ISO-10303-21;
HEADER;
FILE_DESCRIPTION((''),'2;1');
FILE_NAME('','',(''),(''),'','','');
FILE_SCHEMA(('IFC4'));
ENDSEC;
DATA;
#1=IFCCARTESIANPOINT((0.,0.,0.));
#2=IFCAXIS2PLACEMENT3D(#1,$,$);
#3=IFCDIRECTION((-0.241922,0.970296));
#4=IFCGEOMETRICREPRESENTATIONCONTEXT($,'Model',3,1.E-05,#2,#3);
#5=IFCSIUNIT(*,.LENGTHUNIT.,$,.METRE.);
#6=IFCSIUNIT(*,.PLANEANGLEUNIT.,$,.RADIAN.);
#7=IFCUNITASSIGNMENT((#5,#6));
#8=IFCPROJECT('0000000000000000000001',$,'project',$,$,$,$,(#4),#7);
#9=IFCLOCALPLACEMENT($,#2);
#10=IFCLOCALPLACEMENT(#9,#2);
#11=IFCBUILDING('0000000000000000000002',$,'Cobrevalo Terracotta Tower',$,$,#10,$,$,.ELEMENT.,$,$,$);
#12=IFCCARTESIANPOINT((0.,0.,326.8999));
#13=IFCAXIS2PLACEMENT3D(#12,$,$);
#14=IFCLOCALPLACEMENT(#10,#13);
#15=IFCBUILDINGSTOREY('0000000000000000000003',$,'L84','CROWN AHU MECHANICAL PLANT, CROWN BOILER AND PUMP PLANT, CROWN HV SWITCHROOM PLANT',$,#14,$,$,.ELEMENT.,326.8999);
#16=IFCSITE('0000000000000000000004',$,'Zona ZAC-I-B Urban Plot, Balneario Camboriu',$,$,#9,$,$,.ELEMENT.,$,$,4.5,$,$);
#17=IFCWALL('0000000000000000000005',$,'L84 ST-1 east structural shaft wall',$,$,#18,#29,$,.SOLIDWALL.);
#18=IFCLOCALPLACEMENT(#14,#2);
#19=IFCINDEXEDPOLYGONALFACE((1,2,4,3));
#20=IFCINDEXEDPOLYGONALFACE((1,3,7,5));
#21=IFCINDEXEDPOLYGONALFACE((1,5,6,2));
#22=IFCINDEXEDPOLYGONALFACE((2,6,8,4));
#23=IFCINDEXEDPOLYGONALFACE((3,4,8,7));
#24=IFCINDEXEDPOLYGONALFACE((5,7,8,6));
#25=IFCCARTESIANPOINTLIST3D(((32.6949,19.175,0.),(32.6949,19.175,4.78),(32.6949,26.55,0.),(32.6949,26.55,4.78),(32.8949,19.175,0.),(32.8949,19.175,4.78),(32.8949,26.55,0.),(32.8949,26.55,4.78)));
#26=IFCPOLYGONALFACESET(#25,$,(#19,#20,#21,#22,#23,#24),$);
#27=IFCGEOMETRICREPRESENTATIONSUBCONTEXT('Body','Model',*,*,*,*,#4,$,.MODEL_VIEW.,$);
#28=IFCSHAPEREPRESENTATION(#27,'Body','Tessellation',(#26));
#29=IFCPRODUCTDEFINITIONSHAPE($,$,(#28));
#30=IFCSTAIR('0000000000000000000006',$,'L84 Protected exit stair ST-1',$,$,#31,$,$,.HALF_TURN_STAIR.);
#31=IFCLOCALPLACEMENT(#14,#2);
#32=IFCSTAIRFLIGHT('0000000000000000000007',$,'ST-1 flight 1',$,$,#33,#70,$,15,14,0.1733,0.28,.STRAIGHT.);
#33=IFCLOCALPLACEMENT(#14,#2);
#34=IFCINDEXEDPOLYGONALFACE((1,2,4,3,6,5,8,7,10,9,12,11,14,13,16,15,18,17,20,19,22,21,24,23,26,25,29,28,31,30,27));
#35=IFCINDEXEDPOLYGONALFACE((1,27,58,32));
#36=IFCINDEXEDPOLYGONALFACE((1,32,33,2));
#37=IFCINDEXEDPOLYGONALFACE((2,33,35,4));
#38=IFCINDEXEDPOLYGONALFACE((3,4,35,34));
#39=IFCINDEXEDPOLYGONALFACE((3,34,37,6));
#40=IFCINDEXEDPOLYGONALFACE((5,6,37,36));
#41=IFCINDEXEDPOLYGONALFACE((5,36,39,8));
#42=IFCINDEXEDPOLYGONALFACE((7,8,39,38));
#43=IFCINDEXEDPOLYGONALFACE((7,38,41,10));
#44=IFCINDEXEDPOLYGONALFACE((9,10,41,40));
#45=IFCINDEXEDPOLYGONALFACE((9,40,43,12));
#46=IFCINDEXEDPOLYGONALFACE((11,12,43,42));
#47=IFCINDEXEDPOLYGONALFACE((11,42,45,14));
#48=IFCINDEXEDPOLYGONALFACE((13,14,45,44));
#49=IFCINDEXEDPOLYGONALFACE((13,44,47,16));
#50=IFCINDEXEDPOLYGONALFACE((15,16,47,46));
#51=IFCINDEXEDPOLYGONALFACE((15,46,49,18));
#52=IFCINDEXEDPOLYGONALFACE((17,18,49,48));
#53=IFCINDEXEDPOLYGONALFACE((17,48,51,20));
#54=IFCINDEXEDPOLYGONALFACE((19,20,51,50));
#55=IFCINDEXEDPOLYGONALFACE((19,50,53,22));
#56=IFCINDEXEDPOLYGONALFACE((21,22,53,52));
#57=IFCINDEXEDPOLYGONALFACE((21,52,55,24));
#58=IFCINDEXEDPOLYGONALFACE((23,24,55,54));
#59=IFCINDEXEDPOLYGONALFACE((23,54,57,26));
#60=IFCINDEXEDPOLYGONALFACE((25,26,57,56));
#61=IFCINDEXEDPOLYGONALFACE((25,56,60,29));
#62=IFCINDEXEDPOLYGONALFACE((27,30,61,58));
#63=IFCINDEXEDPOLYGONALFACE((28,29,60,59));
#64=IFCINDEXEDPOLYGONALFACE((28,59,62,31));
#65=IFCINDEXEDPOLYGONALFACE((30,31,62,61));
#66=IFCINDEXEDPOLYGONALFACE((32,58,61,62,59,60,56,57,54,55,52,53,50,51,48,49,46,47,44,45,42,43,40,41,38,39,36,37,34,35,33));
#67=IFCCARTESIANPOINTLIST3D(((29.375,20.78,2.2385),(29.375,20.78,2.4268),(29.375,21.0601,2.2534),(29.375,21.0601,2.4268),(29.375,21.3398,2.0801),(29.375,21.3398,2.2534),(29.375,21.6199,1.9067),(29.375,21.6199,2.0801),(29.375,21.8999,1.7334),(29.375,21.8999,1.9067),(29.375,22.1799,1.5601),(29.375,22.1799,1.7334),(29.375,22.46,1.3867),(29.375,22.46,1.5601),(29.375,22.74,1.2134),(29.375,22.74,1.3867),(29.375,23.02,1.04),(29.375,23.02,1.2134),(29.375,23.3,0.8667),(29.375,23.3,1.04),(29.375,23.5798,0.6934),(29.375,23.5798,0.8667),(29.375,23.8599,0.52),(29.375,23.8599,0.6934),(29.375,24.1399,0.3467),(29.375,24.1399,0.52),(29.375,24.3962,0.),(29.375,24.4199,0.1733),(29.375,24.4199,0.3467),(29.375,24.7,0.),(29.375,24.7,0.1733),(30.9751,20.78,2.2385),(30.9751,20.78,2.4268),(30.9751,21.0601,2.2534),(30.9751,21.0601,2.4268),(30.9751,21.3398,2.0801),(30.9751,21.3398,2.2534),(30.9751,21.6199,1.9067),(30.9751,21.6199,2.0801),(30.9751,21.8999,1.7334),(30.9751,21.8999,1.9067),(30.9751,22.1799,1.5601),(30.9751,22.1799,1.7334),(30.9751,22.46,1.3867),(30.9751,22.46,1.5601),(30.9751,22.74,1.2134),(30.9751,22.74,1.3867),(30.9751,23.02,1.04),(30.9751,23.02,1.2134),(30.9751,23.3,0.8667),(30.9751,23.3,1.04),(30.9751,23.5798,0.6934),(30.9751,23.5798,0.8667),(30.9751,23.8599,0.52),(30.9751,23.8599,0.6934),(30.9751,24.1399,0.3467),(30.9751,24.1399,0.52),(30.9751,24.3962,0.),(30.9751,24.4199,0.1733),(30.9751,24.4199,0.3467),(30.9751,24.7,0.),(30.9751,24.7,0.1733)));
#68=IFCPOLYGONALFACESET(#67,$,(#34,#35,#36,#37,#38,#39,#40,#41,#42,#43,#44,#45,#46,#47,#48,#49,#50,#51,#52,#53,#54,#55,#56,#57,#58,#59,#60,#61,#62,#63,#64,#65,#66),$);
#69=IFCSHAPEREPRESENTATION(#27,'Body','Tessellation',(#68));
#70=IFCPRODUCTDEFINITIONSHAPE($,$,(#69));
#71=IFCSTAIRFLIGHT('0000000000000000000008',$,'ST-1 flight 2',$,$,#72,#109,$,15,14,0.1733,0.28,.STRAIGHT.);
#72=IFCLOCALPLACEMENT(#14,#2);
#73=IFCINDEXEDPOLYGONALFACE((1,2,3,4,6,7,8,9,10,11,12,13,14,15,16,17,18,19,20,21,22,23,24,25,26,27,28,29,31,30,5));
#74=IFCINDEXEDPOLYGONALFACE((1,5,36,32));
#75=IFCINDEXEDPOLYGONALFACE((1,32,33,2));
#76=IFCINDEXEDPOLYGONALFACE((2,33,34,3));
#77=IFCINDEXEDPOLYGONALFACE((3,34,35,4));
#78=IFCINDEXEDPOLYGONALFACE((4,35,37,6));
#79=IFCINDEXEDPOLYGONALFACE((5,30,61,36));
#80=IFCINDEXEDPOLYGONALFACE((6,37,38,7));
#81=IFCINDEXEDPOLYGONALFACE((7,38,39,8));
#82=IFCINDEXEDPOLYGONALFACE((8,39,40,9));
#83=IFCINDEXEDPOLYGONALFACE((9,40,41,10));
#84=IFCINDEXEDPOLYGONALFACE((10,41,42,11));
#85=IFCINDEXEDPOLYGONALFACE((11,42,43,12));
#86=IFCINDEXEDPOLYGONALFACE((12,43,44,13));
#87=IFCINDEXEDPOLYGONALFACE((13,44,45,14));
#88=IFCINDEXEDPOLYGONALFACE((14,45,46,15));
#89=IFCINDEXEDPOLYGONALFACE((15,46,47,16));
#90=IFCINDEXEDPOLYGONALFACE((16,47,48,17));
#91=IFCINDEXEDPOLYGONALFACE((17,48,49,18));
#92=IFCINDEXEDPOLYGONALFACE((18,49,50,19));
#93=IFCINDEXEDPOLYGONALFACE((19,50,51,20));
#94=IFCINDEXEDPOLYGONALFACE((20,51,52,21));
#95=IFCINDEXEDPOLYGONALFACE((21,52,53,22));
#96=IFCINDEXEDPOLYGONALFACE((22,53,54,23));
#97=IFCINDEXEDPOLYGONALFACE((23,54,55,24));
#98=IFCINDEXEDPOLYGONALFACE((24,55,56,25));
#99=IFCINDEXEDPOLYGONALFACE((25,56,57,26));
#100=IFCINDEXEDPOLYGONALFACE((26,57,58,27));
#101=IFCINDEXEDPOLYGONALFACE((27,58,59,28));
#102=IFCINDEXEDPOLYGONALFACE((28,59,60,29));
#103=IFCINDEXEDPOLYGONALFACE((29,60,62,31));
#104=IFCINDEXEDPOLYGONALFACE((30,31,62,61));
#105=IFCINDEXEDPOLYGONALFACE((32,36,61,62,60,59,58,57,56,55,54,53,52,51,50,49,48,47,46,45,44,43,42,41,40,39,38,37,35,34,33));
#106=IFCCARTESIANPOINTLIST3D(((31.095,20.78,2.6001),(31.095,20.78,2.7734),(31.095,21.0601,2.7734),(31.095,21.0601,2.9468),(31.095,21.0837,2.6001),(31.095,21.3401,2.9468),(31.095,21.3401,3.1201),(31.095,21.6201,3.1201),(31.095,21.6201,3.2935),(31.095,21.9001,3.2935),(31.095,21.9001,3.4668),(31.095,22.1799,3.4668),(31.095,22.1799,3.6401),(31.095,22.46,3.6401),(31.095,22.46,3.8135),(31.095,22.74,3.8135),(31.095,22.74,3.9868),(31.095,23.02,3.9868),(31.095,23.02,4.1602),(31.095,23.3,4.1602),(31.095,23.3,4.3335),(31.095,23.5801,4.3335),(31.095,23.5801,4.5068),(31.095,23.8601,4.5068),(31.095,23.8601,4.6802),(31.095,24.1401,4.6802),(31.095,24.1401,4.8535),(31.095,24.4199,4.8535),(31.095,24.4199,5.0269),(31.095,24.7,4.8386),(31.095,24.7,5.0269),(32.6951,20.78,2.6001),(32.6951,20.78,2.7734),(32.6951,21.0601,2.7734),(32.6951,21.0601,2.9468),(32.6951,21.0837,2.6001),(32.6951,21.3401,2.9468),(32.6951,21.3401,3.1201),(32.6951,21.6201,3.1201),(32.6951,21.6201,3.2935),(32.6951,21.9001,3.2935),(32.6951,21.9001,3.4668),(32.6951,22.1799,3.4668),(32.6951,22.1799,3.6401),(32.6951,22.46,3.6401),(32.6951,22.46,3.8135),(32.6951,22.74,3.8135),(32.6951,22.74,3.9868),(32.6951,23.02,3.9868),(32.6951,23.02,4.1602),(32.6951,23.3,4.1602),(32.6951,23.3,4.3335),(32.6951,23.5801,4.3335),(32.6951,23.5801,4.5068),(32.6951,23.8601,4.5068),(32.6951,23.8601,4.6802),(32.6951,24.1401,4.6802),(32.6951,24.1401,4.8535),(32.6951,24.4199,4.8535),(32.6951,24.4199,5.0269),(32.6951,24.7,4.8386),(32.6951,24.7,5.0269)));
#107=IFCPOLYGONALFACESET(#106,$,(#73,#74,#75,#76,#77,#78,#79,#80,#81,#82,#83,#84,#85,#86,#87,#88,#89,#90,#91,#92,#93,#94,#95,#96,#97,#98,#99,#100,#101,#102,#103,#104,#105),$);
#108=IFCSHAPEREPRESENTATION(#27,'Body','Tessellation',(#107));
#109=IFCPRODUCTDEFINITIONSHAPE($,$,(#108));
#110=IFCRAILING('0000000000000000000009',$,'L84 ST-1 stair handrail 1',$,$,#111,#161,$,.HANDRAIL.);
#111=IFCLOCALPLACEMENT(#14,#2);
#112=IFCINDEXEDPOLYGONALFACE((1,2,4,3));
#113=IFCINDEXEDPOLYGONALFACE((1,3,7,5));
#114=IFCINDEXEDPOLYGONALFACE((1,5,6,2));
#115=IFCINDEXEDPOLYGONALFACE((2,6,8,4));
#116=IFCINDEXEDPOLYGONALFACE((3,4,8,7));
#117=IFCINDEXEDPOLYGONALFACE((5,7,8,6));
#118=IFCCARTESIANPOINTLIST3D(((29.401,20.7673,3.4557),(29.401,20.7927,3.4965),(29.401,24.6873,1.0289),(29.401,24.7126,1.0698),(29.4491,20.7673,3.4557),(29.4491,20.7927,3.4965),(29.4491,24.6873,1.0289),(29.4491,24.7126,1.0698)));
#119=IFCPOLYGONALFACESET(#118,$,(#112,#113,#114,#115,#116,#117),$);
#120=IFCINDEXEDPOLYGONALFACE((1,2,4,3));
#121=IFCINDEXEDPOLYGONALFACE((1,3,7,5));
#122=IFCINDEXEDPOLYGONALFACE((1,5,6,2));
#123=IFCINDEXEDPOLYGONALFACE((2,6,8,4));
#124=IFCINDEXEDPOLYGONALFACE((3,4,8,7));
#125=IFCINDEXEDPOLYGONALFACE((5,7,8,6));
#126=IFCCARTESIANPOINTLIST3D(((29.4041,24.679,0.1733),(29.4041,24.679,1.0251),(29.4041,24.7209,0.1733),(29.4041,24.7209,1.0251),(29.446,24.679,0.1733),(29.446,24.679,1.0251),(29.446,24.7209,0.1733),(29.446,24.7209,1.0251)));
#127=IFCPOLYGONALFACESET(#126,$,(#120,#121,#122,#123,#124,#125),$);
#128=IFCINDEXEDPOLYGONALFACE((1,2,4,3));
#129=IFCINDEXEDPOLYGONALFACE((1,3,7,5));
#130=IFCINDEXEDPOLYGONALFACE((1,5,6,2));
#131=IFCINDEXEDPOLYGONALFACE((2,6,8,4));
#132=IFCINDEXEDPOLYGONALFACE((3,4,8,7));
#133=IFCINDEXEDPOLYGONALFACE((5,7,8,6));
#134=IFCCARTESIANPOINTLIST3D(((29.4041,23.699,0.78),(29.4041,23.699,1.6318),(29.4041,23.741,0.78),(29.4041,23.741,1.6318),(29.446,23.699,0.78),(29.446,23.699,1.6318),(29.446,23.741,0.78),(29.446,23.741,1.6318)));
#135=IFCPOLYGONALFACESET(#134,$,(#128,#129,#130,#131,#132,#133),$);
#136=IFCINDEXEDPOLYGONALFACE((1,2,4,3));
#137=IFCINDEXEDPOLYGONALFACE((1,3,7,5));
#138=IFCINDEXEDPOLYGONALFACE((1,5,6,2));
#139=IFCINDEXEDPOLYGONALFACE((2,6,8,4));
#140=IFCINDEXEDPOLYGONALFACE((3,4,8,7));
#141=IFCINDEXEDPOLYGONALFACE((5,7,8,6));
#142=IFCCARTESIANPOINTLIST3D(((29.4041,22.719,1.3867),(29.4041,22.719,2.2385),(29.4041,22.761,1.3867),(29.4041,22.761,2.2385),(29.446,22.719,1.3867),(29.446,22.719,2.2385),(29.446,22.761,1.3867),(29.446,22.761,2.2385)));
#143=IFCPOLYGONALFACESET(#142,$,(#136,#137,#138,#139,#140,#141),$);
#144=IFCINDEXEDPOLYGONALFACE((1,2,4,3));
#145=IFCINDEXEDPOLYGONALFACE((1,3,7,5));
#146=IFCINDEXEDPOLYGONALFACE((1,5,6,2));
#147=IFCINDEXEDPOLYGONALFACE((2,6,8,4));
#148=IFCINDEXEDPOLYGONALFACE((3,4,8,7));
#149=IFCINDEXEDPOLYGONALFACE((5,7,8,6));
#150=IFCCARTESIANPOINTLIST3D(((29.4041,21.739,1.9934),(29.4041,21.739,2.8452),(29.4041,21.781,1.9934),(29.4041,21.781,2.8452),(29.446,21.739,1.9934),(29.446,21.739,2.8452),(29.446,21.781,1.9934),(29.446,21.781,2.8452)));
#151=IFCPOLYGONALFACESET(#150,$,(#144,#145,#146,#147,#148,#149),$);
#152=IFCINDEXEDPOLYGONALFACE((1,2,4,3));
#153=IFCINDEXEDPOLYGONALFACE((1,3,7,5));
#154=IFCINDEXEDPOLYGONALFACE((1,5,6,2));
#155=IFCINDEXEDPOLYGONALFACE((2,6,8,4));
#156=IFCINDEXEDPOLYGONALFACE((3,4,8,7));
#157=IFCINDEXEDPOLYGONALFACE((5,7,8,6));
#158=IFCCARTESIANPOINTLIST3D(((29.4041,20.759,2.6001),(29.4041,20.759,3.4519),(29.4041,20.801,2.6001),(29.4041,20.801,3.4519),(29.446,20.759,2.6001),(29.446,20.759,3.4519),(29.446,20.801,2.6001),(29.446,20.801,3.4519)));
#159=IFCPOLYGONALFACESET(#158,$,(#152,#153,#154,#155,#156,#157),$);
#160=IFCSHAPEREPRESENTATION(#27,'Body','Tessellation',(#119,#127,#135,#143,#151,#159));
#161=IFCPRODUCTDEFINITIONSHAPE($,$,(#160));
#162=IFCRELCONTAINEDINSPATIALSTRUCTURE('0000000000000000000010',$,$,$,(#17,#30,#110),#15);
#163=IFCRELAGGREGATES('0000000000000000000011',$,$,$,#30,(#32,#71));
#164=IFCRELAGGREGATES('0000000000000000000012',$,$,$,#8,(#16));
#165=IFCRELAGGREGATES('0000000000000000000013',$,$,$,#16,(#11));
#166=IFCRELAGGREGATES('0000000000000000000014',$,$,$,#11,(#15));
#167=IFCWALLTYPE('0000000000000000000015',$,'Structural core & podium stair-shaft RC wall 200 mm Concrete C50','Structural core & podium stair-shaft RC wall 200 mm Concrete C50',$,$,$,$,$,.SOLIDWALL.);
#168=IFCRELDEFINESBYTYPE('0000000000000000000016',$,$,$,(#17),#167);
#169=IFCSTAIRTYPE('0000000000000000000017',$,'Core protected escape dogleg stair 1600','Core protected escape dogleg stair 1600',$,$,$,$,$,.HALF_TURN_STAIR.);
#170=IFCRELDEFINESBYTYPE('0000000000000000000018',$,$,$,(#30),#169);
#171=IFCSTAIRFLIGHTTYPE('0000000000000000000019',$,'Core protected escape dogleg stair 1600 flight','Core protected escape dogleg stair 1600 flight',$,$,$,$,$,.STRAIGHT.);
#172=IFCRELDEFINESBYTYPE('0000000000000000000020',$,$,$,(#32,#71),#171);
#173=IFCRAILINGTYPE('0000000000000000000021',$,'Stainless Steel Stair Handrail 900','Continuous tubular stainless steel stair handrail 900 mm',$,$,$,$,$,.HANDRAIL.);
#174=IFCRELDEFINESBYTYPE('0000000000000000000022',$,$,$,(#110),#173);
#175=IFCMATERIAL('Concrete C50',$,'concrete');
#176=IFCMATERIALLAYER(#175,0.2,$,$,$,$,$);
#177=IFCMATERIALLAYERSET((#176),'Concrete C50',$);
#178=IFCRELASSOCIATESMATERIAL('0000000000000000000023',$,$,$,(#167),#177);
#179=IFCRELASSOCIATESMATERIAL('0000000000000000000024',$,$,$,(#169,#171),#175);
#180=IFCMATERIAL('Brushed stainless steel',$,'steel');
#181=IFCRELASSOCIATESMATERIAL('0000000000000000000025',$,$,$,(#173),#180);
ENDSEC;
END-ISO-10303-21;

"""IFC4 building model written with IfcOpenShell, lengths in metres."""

from ifc_helpers import new_model, si_unit, direction, frame, frame_2d, origin, origin_2d, place, context, subcontext, project, spatial, polyline, rectangle, outline, extrude, material, layer, layer_set, type_object, element, aggregate, save


model = new_model("IFC4")

# Units and contexts
model_context = context("Model", 3, precision=1e-05, world=origin(), true_north=direction((-0.241922, 0.970296)))
body_context = subcontext(model_context, "Body", "Model", "MODEL_VIEW")
ifc_project = project(units=[si_unit("LENGTHUNIT", "METRE"), si_unit("PLANEANGLEUNIT", "RADIAN")], contexts=[model_context])

# Site, building, storey
site_placement = place(None, origin())
site = spatial("IfcSite", under=ifc_project, at=site_placement, Name="Zona ZAC-I-B Urban Plot, Balneario Camboriu", CompositionType="ELEMENT", RefElevation=4.5)
building_placement = place(site_placement, origin())
building = spatial("IfcBuilding", under=site, at=building_placement, Name="Cobrevalo Terracotta Tower", CompositionType="ELEMENT")
storey_placement = place(building_placement, frame((0.0, 0.0, 326.8999)))
storey = spatial("IfcBuildingStorey", under=building, at=storey_placement, Name="L84", Description="CROWN AHU MECHANICAL PLANT, CROWN BOILER AND PUMP PLANT, CROWN HV SWITCHROOM PLANT", CompositionType="ELEMENT", Elevation=326.8999)

# Shared definitions
ifc_material_1 = material(Name="Concrete C50", Category="concrete")

# Wall
ifc_layer_1 = layer(ifc_material_1, 0.2)
ifc_layer_set_1 = layer_set([ifc_layer_1], Name="Concrete C50")
wall_type_1 = type_object("IfcWallType", Name="Structural core & podium stair-shaft RC wall 200 mm Concrete C50", Description="Structural core & podium stair-shaft RC wall 200 mm Concrete C50", PredefinedType="SOLIDWALL", material=ifc_layer_set_1)
wall_1_placement = place(storey_placement, frame((32.7949, 19.175, 0.0), z_axis=(0.0, 0.0, 1.0), x_axis=(0.0, 1.0, 0.0)))
element("IfcWall", 1, at=wall_1_placement, inside=storey, type_object=wall_type_1, Name="L84 ST-1 east structural shaft wall", PredefinedType="SOLIDWALL", context=body_context, shape_type="SweptSolid", body=[
    extrude(rectangle(XDim=7.375, YDim=0.2, at=frame_2d((3.6875, 0.0))), origin(), (0.0, 0.0, 1.0), 4.78),
])

# Stair, stair flights
stair_type = type_object("IfcStairType", Name="Core protected escape dogleg stair 1600", Description="Core protected escape dogleg stair 1600", PredefinedType="HALF_TURN_STAIR", material=ifc_material_1)
stair_placement = place(storey_placement, origin())
stair = element("IfcStair", 2, at=stair_placement, inside=storey, type_object=stair_type, Name="L84 Protected exit stair ST-1", PredefinedType="HALF_TURN_STAIR")
stair_flight_type = type_object("IfcStairFlightType", Name="Core protected escape dogleg stair 1600 flight", Description="Core protected escape dogleg stair 1600 flight", PredefinedType="STRAIGHT", material=ifc_material_1)
stair_flight_1_placement = place(storey_placement, frame((30.175, 24.7, 0.0), z_axis=(0.0, 0.0, 1.0), x_axis=(0.0, -1.0, 0.0)))
stair_flight_1 = element("IfcStairFlight", 3, at=stair_flight_1_placement, type_object=stair_flight_type, Name="ST-1 flight 1", NumberOfRisers=15, NumberOfTreads=14, PredefinedType="STRAIGHT", RiserHeight=0.1733, TreadLength=0.28, context=body_context, shape_type="SweptSolid", body=[
    extrude(outline(polyline([(0.0, 0.0), (0.0, 0.1733), (0.28, 0.1733), (0.28, 0.3467), (0.5601, 0.3467), (0.5601, 0.52), (0.8401, 0.52), (0.8401, 0.6934), (1.1201, 0.6934), (1.1201, 0.8667), (1.3999, 0.8667), (1.3999, 1.04), (1.6799, 1.04), (1.6799, 1.2134), (1.96, 1.2134), (1.96, 1.3867), (2.24, 1.3867), (2.24, 1.5601), (2.52, 1.5601), (2.52, 1.7334), (2.8, 1.7334), (2.8, 1.9067), (3.0801, 1.9067), (3.0801, 2.0801), (3.3601, 2.0801), (3.3601, 2.2534), (3.6399, 2.2534), (3.6399, 2.4268), (3.9199, 2.4268), (3.9199, 2.6001), (3.9199, 2.2385), (0.3037, 0.0), (0.0, 0.0)])), frame((0.0, 0.8, 0.0), z_axis=(0.0, -1.0, 0.0), x_axis=(1.0, 0.0, 0.0)), (0.0, 0.0, 1.0), 1.6001),
])
stair_flight_2_placement = place(storey_placement, frame((31.895, 20.78, 2.6001), z_axis=(0.0, 0.0, 1.0), x_axis=(0.0, 1.0, 0.0)))
stair_flight_2 = element("IfcStairFlight", 4, at=stair_flight_2_placement, type_object=stair_flight_type, Name="ST-1 flight 2", NumberOfRisers=15, NumberOfTreads=14, PredefinedType="STRAIGHT", RiserHeight=0.1733, TreadLength=0.28, context=body_context, shape_type="SweptSolid", body=[
    extrude(outline(polyline([(0.0, 0.0), (0.0, 0.1733), (0.28, 0.1733), (0.28, 0.3467), (0.5601, 0.3467), (0.5601, 0.52), (0.8401, 0.52), (0.8401, 0.6934), (1.1201, 0.6934), (1.1201, 0.8667), (1.3999, 0.8667), (1.3999, 1.04), (1.6799, 1.04), (1.6799, 1.2134), (1.96, 1.2134), (1.96, 1.3867), (2.24, 1.3867), (2.24, 1.5601), (2.52, 1.5601), (2.52, 1.7334), (2.8, 1.7334), (2.8, 1.9067), (3.0801, 1.9067), (3.0801, 2.0801), (3.3601, 2.0801), (3.3601, 2.2534), (3.6399, 2.2534), (3.6399, 2.4268), (3.9199, 2.4268), (3.9199, 2.6001), (3.9199, 2.2385), (0.3037, 0.0), (0.0, 0.0)])), frame((0.0, 0.8, 0.0), z_axis=(0.0, -1.0, 0.0), x_axis=(1.0, 0.0, 0.0)), (0.0, 0.0, 1.0), 1.6001),
])
aggregate(stair, [stair_flight_1, stair_flight_2])

# Railing
ifc_material_2 = material(Name="Brushed stainless steel", Category="steel")
railing_type_1 = type_object("IfcRailingType", Name="Stainless Steel Stair Handrail 900", Description="Continuous tubular stainless steel stair handrail 900 mm", PredefinedType="HANDRAIL", material=ifc_material_2)
railing_1_placement = place(storey_placement, frame((29.425, 24.7, 0.1733)))
element("IfcRailing", 5, at=railing_1_placement, inside=storey, type_object=railing_type_1, Name="L84 ST-1 stair handrail 1", PredefinedType="HANDRAIL", context=body_context, shape_type="SweptSolid", body=[
    extrude(rectangle(XDim=0.0481, YDim=0.0481, at=origin_2d()), frame((0.0, 0.0, 0.876), z_axis=(0.0, -0.850252, 0.526376), x_axis=(1.0, 0.0, 0.0)), (0.0, 0.0, 1.0), 4.6104),
    extrude(rectangle(XDim=0.042, YDim=0.042, at=origin_2d()), origin(), (0.0, 0.0, 1.0), 0.8518),
    extrude(rectangle(XDim=0.042, YDim=0.042, at=origin_2d()), frame((0.0, -0.98, 0.6067)), (0.0, 0.0, 1.0), 0.8518),
    extrude(rectangle(XDim=0.042, YDim=0.042, at=origin_2d()), frame((0.0, -1.96, 1.2134)), (0.0, 0.0, 1.0), 0.8518),
    extrude(rectangle(XDim=0.042, YDim=0.042, at=origin_2d()), frame((0.0, -2.9399, 1.8201)), (0.0, 0.0, 1.0), 0.8518),
    extrude(rectangle(XDim=0.042, YDim=0.042, at=origin_2d()), frame((0.0, -3.9199, 2.4268)), (0.0, 0.0, 1.0), 0.8518),
])

save(model, "model.ifc")
